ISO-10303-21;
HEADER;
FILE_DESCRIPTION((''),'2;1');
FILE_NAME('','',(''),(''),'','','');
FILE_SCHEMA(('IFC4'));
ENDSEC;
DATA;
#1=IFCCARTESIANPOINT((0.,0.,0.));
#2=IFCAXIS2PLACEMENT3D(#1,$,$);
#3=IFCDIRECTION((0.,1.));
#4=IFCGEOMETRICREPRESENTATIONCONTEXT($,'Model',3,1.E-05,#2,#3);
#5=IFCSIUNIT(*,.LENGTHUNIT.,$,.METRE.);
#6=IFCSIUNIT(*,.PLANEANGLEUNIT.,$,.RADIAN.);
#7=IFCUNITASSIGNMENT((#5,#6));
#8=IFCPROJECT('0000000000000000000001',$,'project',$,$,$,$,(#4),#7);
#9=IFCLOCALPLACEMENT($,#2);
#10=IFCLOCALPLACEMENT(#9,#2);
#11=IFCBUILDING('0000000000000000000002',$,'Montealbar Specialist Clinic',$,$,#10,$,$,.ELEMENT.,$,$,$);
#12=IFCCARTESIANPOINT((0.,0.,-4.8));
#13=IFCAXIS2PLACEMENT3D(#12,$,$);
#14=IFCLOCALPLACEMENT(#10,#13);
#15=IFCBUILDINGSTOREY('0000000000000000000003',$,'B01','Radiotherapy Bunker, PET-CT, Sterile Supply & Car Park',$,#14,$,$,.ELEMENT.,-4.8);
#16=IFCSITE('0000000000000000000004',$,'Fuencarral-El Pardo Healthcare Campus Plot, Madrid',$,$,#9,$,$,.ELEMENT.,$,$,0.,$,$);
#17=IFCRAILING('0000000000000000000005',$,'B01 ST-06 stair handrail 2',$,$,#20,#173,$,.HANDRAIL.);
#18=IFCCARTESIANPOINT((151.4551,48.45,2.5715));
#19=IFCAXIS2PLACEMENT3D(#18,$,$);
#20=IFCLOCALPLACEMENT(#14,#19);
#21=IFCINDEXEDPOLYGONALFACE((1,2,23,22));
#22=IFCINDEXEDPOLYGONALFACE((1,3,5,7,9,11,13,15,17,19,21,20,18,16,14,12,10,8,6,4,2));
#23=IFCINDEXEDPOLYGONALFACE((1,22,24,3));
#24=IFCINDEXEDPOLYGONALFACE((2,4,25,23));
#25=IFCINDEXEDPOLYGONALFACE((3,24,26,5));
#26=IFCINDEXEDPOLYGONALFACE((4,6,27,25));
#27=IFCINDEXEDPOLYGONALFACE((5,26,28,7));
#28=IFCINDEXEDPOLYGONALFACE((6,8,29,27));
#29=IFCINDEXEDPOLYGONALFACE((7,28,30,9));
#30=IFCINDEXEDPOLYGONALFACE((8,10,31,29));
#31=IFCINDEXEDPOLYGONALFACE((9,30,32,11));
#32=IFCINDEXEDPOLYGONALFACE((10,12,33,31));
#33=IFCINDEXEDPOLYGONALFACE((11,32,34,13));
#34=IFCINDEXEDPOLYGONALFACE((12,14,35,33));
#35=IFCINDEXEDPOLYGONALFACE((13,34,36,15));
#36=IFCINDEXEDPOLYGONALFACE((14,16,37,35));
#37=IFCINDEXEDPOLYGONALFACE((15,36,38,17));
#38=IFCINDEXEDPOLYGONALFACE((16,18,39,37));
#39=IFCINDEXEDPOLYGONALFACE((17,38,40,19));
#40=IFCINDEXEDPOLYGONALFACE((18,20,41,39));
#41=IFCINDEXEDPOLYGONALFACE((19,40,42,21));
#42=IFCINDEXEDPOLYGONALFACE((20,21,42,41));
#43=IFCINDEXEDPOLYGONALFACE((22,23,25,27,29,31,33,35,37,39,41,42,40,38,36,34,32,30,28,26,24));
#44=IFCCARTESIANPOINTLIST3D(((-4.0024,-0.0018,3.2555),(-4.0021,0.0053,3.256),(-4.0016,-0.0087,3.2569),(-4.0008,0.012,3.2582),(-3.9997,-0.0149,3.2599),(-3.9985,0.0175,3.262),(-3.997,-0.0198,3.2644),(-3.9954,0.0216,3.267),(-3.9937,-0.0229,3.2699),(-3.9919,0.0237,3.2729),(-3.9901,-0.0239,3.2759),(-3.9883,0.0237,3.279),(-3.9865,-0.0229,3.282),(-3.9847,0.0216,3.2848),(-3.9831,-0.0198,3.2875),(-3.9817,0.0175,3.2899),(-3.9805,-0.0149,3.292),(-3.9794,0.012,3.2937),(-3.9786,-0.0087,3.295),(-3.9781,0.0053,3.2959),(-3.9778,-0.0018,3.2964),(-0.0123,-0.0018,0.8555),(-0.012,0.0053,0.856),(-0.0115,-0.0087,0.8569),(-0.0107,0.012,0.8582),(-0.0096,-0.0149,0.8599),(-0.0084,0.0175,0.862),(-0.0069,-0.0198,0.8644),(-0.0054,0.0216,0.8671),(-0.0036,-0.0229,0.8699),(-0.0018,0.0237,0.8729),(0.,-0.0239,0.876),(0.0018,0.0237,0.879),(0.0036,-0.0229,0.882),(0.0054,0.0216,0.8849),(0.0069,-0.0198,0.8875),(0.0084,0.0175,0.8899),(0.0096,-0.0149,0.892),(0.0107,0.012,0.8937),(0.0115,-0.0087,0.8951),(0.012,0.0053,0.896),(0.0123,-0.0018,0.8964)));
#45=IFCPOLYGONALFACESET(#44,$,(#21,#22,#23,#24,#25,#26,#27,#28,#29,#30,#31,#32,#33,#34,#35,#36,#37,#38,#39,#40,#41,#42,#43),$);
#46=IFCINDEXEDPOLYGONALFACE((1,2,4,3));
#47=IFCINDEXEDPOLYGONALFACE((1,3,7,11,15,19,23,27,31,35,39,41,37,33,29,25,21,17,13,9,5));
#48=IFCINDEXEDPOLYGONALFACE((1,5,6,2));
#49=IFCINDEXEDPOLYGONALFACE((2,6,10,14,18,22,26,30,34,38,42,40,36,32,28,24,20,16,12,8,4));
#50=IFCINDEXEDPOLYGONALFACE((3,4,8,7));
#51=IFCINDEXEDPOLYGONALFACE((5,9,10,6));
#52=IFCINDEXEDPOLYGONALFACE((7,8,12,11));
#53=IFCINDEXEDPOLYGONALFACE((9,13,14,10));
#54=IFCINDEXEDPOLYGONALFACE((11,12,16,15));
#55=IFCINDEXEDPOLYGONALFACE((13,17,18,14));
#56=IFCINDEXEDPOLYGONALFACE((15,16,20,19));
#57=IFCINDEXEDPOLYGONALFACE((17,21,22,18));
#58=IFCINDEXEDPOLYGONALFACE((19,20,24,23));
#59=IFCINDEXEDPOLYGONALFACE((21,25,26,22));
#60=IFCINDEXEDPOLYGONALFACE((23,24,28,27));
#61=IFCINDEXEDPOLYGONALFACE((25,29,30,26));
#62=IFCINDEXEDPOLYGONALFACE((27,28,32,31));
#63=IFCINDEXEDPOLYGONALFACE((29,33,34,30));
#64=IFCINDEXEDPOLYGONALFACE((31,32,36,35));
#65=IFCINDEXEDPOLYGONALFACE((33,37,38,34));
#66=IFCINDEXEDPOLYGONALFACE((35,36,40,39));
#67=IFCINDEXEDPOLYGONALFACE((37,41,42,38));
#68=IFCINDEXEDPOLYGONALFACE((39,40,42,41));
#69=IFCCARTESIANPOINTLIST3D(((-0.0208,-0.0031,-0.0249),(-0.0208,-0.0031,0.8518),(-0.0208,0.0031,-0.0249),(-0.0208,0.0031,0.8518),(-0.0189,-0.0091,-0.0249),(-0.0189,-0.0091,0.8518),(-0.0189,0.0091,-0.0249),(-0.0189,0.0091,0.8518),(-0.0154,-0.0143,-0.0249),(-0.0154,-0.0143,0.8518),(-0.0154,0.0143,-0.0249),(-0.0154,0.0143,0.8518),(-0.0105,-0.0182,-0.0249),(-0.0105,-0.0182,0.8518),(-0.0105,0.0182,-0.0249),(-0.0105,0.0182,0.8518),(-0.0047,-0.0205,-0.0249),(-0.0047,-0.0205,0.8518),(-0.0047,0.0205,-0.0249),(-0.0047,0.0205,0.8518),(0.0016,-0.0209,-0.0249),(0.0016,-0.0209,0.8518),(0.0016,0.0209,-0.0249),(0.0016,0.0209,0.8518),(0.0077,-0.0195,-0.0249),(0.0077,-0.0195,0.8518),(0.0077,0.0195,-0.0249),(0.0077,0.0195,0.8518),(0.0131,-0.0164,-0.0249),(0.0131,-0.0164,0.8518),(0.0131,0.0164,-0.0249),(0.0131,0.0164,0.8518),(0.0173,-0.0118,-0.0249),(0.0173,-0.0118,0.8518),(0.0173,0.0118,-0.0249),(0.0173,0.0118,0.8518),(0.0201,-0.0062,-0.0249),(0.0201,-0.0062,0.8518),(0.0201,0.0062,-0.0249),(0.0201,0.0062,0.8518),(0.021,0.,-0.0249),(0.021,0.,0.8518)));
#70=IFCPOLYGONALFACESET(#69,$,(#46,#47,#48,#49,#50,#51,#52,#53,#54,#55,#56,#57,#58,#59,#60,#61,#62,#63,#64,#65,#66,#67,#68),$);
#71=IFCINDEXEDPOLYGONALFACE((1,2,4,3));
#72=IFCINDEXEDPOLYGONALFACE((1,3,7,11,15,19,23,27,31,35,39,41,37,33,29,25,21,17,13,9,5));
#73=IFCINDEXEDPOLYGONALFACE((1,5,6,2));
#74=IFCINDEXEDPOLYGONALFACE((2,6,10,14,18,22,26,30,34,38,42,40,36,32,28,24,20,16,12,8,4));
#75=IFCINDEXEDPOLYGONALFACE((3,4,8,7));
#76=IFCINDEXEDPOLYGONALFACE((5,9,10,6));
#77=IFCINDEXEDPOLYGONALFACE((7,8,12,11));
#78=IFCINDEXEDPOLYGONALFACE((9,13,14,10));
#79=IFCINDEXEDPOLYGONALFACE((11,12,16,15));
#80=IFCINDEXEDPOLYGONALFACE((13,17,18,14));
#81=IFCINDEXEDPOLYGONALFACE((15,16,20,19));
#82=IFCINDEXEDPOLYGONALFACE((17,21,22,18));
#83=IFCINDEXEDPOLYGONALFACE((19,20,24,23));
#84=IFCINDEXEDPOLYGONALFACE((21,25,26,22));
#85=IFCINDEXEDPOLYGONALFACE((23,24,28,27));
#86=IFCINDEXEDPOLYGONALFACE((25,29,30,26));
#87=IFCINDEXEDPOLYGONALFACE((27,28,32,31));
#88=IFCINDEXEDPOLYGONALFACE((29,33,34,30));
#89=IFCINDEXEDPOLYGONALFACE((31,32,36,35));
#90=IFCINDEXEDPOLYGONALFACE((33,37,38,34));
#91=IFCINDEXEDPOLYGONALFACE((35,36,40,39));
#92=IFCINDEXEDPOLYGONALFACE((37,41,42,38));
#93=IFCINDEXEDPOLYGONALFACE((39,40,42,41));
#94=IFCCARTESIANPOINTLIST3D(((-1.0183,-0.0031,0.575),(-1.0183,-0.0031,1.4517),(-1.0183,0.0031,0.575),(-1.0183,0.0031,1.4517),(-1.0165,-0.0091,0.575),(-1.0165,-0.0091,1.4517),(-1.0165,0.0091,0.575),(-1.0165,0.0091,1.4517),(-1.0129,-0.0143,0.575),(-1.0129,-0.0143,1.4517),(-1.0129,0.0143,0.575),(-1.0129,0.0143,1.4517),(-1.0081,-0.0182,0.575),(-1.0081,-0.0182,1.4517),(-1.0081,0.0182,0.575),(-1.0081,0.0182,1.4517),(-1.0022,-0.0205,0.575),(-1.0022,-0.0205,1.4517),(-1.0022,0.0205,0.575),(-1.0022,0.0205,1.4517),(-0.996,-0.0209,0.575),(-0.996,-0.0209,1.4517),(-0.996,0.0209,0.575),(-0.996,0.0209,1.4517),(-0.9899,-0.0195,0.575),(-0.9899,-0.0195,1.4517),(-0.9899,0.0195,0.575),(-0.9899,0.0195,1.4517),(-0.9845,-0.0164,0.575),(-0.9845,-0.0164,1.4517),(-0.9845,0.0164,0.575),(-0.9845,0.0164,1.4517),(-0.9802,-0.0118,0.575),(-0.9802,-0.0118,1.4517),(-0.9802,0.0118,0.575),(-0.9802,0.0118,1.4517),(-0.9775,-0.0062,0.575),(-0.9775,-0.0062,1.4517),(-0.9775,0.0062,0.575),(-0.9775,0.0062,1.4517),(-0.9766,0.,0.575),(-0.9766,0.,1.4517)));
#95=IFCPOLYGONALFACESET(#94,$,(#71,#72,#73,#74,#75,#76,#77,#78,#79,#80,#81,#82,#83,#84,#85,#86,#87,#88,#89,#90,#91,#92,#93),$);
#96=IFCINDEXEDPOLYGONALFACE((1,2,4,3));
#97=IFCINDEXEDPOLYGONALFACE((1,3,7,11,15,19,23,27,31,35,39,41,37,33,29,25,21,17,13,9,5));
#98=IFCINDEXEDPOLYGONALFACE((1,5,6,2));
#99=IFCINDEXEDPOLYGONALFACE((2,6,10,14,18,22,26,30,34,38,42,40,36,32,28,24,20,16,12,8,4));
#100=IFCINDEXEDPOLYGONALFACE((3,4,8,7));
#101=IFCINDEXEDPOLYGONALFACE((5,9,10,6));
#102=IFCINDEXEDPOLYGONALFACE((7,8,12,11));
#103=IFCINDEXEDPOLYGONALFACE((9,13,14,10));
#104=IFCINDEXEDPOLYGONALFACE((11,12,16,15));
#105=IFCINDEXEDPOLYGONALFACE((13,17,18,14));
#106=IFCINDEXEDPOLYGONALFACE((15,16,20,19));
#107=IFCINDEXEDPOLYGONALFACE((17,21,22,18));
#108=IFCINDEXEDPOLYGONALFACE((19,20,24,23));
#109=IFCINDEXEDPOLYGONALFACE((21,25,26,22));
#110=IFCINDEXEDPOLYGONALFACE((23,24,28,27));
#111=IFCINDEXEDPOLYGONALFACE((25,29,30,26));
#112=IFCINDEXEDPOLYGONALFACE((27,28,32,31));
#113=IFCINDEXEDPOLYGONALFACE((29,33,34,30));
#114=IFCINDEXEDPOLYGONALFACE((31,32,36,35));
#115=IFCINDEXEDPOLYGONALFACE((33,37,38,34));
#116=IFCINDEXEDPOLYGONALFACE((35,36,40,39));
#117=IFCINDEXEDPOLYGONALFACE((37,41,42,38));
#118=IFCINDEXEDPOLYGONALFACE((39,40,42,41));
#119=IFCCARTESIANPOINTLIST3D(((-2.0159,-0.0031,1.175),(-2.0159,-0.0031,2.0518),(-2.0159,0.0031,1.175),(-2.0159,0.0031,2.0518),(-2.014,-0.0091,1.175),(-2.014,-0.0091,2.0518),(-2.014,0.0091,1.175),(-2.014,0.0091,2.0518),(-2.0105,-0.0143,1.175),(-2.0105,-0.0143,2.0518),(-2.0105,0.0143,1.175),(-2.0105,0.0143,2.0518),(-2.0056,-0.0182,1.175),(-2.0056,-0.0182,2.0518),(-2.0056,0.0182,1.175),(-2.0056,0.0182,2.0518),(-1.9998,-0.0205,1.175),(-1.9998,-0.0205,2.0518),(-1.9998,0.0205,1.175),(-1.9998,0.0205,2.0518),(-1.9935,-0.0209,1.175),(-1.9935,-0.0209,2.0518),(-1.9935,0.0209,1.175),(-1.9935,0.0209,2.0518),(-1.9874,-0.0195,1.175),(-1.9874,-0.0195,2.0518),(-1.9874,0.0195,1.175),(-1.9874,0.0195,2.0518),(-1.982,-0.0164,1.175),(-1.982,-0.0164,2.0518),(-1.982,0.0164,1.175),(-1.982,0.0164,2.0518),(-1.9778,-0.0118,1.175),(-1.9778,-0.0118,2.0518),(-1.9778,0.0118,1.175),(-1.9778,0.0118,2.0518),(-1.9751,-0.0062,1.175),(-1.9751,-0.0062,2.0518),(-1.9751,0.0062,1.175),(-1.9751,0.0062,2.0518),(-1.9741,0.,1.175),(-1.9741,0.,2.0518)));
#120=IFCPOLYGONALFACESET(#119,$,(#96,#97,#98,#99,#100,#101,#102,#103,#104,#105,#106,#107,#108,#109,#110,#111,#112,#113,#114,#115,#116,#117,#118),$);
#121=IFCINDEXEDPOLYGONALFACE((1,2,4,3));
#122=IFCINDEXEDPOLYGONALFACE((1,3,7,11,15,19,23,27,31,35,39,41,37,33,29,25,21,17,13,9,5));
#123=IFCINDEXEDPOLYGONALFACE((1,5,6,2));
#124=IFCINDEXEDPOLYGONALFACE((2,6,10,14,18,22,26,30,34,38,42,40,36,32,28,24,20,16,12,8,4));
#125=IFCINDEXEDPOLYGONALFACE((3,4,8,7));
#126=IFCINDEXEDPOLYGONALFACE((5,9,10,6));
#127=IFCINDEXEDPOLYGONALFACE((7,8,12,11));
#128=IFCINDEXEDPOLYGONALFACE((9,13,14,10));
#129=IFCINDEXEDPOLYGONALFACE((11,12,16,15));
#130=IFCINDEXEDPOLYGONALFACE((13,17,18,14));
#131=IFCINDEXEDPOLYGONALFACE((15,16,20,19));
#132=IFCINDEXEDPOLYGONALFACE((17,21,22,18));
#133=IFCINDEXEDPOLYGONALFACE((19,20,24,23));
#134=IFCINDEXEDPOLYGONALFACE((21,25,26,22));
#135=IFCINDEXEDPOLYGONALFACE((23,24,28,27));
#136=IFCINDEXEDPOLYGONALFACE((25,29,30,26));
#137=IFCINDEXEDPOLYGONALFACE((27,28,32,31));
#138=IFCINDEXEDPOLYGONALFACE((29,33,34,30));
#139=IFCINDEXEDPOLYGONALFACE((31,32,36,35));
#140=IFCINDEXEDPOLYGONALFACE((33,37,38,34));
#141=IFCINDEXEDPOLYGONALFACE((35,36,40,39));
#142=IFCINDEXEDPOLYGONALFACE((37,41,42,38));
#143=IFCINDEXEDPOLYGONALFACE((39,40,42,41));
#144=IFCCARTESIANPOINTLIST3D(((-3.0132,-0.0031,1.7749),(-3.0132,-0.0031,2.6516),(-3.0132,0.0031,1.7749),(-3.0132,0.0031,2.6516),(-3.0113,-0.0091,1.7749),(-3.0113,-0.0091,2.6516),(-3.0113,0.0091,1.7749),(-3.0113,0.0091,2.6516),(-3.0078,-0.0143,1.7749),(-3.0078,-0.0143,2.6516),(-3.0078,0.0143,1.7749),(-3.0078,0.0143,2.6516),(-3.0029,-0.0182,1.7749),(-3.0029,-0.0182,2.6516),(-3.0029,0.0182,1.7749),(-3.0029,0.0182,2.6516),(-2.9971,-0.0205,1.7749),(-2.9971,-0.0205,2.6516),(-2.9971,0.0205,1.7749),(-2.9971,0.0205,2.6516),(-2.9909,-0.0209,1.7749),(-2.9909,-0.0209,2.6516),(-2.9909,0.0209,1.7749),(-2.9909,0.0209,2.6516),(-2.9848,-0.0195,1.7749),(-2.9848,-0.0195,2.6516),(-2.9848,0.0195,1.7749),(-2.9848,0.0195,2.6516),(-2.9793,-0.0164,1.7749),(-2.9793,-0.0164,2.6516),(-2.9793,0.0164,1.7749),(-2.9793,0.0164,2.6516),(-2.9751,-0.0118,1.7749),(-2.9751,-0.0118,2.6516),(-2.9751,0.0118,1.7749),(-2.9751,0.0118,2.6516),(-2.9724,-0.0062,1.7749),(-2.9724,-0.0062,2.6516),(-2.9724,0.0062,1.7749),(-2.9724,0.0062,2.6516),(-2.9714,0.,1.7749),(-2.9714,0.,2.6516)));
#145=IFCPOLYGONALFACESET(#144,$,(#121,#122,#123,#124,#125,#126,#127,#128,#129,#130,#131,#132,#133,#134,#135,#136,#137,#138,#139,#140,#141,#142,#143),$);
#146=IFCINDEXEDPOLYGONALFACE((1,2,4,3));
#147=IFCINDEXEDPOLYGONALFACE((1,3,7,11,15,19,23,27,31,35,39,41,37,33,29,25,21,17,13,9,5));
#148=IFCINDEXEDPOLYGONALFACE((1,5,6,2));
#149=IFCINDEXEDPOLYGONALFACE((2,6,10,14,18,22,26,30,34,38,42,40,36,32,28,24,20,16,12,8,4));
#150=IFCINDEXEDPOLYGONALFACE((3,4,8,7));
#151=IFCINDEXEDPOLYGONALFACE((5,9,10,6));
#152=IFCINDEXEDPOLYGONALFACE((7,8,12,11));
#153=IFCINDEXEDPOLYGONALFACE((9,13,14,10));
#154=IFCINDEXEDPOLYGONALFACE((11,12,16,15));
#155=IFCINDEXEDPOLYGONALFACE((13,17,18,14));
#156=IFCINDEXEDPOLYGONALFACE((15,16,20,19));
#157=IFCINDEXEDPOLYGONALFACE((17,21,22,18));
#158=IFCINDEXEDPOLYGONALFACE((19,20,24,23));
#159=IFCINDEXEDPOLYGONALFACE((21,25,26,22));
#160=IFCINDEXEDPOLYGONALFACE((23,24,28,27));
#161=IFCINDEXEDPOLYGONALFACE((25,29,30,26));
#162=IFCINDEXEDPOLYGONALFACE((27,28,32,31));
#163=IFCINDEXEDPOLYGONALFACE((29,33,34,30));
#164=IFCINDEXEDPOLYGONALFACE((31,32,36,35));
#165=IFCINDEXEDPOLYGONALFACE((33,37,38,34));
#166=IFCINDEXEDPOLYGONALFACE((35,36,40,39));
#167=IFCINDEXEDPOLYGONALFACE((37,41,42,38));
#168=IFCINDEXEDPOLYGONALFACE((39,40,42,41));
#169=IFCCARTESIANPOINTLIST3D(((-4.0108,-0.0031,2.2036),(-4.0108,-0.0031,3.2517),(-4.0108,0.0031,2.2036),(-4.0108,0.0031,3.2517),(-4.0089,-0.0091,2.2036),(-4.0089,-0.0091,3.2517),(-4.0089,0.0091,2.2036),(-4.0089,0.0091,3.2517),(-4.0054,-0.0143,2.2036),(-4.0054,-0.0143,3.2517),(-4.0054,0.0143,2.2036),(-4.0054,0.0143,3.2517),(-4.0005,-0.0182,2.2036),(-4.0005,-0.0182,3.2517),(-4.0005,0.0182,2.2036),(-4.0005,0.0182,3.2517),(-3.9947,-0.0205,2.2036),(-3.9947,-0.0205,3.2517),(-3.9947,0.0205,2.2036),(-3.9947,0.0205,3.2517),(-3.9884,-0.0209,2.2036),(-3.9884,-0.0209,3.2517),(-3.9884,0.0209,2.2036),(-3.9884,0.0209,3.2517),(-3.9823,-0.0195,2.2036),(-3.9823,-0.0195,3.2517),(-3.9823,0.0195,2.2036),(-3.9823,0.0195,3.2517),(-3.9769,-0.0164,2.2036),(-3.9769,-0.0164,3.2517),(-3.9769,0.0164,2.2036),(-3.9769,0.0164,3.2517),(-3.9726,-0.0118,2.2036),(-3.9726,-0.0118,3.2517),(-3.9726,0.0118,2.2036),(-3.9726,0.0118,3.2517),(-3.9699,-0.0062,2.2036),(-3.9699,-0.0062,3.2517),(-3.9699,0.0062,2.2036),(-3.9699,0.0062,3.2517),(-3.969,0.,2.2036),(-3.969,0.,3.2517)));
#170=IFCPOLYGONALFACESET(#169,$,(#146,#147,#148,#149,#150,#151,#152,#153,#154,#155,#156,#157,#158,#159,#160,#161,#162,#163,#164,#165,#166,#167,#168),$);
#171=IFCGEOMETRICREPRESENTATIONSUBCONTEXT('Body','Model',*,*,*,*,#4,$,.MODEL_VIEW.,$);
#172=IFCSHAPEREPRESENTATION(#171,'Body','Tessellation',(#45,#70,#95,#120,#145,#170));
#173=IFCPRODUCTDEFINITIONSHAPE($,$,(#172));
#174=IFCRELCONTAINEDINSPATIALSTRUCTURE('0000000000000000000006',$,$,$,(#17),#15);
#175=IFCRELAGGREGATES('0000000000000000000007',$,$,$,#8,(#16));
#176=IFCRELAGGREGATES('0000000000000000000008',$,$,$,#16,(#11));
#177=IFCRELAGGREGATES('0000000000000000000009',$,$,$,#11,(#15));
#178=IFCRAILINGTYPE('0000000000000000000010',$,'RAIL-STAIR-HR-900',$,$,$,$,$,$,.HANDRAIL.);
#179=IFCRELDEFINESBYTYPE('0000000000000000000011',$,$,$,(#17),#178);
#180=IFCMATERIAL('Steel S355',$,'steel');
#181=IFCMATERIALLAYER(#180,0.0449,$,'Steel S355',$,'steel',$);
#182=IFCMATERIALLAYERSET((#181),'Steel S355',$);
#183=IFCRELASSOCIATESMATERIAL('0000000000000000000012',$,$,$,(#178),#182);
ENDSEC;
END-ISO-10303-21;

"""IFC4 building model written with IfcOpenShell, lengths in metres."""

from ifc_helpers import new_model, si_unit, direction, frame, origin, origin_2d, place, context, subcontext, project, spatial, circle, extrude, material, layer, layer_set, type_object, element, save


model = new_model("IFC4")

# Units and contexts
model_context = context("Model", 3, precision=1e-05, world=origin(), true_north=direction((0.0, 1.0)))
body_context = subcontext(model_context, "Body", "Model", "MODEL_VIEW")
ifc_project = project(units=[si_unit("LENGTHUNIT", "METRE"), si_unit("PLANEANGLEUNIT", "RADIAN")], contexts=[model_context])

# Site, building, storey
site_placement = place(None, origin())
site = spatial("IfcSite", under=ifc_project, at=site_placement, Name="Fuencarral-El Pardo Healthcare Campus Plot, Madrid", CompositionType="ELEMENT", RefElevation=0.0)
building_placement = place(site_placement, origin())
building = spatial("IfcBuilding", under=site, at=building_placement, Name="Montealbar Specialist Clinic", CompositionType="ELEMENT")
storey_placement = place(building_placement, frame((0.0, 0.0, -4.8)))
storey = spatial("IfcBuildingStorey", under=building, at=storey_placement, Name="B01", Description="Radiotherapy Bunker, PET-CT, Sterile Supply & Car Park", CompositionType="ELEMENT", Elevation=-4.8)

# Shared definitions
ifc_material_1 = material(Name="Steel S355", Category="steel")

# Railing
ifc_layer_1 = layer(ifc_material_1, 0.0449, Name="Steel S355", Category="steel")
ifc_layer_set_1 = layer_set([ifc_layer_1], Name="Steel S355")
railing_type_1 = type_object("IfcRailingType", Name="RAIL-STAIR-HR-900", PredefinedType="HANDRAIL", material=ifc_layer_set_1)
railing_1_placement = place(storey_placement, frame((151.4551, 48.45, 2.5715)))
element("IfcRailing", 1, at=railing_1_placement, inside=storey, type_object=railing_type_1, Name="B01 ST-06 stair handrail 2", PredefinedType="HANDRAIL", context=body_context, shape_type="SweptSolid", body=[
    extrude(circle(Radius=0.0239, at=origin_2d()), frame((0.0, 0.0, 0.876), z_axis=(-0.856933, 0.0, 0.515428), x_axis=(0.0, -1.0, 0.0)), (0.0, 0.0, 1.0), 4.6562),
    extrude(circle(Radius=0.021, at=origin_2d()), frame((0.0, 0.0, -0.0249)), (0.0, 0.0, 1.0), 0.8767),
    extrude(circle(Radius=0.021, at=origin_2d()), frame((-0.9976, 0.0, 0.575)), (0.0, 0.0, 1.0), 0.8767),
    extrude(circle(Radius=0.021, at=origin_2d()), frame((-1.9951, 0.0, 1.175)), (0.0, 0.0, 1.0), 0.8767),
    extrude(circle(Radius=0.021, at=origin_2d()), frame((-2.9924, 0.0, 1.7749)), (0.0, 0.0, 1.0), 0.8767),
    extrude(circle(Radius=0.021, at=origin_2d()), frame((-3.99, 0.0, 2.2036)), (0.0, 0.0, 1.0), 1.0481),
])

save(model, "model.ifc")
